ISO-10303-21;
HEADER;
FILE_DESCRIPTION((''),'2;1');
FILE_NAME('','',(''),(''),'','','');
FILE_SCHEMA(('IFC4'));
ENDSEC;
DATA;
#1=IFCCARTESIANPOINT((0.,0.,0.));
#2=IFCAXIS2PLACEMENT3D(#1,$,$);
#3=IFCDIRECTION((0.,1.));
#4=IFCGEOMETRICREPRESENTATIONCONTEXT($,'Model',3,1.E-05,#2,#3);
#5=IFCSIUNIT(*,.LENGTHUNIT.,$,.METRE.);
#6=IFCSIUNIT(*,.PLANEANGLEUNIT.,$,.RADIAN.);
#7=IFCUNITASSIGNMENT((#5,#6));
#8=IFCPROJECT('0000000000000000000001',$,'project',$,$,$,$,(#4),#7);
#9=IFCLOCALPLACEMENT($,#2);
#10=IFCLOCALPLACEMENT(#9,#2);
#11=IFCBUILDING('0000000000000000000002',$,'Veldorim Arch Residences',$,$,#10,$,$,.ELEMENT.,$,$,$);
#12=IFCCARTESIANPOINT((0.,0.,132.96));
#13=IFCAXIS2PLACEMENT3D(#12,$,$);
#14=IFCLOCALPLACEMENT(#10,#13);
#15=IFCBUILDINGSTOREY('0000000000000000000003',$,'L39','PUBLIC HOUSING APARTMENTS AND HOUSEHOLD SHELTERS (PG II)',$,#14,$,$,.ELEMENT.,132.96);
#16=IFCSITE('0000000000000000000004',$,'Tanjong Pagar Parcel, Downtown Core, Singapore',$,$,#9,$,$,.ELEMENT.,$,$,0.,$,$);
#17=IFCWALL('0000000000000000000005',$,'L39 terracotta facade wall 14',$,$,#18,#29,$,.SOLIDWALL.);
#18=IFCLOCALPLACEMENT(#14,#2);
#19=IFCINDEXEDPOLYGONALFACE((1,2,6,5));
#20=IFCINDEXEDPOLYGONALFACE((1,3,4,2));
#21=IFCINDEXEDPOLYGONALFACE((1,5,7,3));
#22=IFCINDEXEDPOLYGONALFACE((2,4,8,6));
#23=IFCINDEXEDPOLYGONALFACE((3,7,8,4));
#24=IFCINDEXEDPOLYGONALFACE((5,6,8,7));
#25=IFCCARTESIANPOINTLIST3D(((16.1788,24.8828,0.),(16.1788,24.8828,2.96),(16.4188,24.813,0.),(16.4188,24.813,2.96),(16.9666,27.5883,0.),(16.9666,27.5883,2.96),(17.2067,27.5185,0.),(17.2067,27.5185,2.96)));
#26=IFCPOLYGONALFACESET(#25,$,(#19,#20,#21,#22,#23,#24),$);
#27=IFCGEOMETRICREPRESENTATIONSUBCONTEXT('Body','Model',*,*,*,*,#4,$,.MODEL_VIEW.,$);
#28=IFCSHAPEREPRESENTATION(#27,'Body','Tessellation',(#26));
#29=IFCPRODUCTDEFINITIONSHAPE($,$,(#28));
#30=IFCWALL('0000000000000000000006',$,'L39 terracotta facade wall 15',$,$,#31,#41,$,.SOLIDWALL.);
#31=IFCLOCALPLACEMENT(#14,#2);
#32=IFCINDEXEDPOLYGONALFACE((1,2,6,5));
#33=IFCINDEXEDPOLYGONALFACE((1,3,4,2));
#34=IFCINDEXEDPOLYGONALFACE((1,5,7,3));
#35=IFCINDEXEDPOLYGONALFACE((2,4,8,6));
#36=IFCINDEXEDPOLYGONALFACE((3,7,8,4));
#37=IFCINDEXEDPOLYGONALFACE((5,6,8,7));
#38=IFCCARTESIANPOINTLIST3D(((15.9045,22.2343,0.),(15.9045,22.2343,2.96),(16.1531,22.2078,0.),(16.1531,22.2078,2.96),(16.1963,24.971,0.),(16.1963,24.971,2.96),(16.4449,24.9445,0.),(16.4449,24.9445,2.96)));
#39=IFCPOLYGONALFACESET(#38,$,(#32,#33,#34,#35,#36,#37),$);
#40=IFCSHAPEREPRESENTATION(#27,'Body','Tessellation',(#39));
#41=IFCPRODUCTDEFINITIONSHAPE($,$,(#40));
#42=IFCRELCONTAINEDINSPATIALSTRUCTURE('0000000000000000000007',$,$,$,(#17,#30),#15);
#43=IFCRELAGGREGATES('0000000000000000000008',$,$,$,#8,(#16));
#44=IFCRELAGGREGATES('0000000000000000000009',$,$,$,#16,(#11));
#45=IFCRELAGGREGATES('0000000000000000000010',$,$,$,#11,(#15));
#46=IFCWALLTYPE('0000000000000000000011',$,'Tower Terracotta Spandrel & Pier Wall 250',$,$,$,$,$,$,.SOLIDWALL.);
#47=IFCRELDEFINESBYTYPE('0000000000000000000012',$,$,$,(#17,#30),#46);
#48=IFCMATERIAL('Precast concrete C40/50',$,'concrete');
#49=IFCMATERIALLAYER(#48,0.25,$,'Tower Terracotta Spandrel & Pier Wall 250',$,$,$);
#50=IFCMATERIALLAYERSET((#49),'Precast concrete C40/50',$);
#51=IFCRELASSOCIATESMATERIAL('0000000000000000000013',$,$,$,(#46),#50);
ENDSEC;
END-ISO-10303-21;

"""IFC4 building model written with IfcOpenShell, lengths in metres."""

from ifc_helpers import new_model, si_unit, direction, frame, frame_2d, origin, place, context, subcontext, project, spatial, rectangle, extrude, material, layer, layer_set, type_object, element, save


model = new_model("IFC4")

# Units and contexts
model_context = context("Model", 3, precision=1e-05, world=origin(), true_north=direction((0.0, 1.0)))
body_context = subcontext(model_context, "Body", "Model", "MODEL_VIEW")
ifc_project = project(units=[si_unit("LENGTHUNIT", "METRE"), si_unit("PLANEANGLEUNIT", "RADIAN")], contexts=[model_context])

# Site, building, storey
site_placement = place(None, origin())
site = spatial("IfcSite", under=ifc_project, at=site_placement, Name="Tanjong Pagar Parcel, Downtown Core, Singapore", CompositionType="ELEMENT", RefElevation=0.0)
building_placement = place(site_placement, origin())
building = spatial("IfcBuilding", under=site, at=building_placement, Name="Veldorim Arch Residences", CompositionType="ELEMENT")
storey_placement = place(building_placement, frame((0.0, 0.0, 132.96)))
storey = spatial("IfcBuildingStorey", under=building, at=storey_placement, Name="L39", Description="PUBLIC HOUSING APARTMENTS AND HOUSEHOLD SHELTERS (PG II)", CompositionType="ELEMENT", Elevation=132.96)

# Walls
ifc_material_1 = material(Name="Precast concrete C40/50", Category="concrete")
ifc_layer_1 = layer(ifc_material_1, 0.25, Name="Tower Terracotta Spandrel & Pier Wall 250")
ifc_layer_set_1 = layer_set([ifc_layer_1], Name="Precast concrete C40/50")
wall_type_1 = type_object("IfcWallType", Name="Tower Terracotta Spandrel & Pier Wall 250", PredefinedType="SOLIDWALL", material=ifc_layer_set_1)
wall_1_placement = place(storey_placement, frame((16.2988, 24.8479, 0.0), z_axis=(0.0, 0.0, 1.0), x_axis=(0.279581, 0.960122, 0.0)))
element("IfcWall", 1, at=wall_1_placement, inside=storey, type_object=wall_type_1, Name="L39 terracotta facade wall 14", PredefinedType="SOLIDWALL", context=body_context, shape_type="SweptSolid", body=[
    extrude(rectangle(XDim=2.8179, YDim=0.25, at=frame_2d((1.4089, 0.0))), origin(), (0.0, 0.0, 1.0), 2.96),
])
wall_2_placement = place(storey_placement, frame((16.0288, 22.2212, 0.0), z_axis=(0.0, 0.0, 1.0), x_axis=(0.10601, 0.994365, 0.0)))
element("IfcWall", 2, at=wall_2_placement, inside=storey, type_object=wall_type_1, Name="L39 terracotta facade wall 15", PredefinedType="SOLIDWALL", context=body_context, shape_type="SweptSolid", body=[
    extrude(rectangle(XDim=2.7522, YDim=0.25, at=frame_2d((1.376, 0.0))), origin(), (0.0, 0.0, 1.0), 2.96),
])

save(model, "model.ifc")
